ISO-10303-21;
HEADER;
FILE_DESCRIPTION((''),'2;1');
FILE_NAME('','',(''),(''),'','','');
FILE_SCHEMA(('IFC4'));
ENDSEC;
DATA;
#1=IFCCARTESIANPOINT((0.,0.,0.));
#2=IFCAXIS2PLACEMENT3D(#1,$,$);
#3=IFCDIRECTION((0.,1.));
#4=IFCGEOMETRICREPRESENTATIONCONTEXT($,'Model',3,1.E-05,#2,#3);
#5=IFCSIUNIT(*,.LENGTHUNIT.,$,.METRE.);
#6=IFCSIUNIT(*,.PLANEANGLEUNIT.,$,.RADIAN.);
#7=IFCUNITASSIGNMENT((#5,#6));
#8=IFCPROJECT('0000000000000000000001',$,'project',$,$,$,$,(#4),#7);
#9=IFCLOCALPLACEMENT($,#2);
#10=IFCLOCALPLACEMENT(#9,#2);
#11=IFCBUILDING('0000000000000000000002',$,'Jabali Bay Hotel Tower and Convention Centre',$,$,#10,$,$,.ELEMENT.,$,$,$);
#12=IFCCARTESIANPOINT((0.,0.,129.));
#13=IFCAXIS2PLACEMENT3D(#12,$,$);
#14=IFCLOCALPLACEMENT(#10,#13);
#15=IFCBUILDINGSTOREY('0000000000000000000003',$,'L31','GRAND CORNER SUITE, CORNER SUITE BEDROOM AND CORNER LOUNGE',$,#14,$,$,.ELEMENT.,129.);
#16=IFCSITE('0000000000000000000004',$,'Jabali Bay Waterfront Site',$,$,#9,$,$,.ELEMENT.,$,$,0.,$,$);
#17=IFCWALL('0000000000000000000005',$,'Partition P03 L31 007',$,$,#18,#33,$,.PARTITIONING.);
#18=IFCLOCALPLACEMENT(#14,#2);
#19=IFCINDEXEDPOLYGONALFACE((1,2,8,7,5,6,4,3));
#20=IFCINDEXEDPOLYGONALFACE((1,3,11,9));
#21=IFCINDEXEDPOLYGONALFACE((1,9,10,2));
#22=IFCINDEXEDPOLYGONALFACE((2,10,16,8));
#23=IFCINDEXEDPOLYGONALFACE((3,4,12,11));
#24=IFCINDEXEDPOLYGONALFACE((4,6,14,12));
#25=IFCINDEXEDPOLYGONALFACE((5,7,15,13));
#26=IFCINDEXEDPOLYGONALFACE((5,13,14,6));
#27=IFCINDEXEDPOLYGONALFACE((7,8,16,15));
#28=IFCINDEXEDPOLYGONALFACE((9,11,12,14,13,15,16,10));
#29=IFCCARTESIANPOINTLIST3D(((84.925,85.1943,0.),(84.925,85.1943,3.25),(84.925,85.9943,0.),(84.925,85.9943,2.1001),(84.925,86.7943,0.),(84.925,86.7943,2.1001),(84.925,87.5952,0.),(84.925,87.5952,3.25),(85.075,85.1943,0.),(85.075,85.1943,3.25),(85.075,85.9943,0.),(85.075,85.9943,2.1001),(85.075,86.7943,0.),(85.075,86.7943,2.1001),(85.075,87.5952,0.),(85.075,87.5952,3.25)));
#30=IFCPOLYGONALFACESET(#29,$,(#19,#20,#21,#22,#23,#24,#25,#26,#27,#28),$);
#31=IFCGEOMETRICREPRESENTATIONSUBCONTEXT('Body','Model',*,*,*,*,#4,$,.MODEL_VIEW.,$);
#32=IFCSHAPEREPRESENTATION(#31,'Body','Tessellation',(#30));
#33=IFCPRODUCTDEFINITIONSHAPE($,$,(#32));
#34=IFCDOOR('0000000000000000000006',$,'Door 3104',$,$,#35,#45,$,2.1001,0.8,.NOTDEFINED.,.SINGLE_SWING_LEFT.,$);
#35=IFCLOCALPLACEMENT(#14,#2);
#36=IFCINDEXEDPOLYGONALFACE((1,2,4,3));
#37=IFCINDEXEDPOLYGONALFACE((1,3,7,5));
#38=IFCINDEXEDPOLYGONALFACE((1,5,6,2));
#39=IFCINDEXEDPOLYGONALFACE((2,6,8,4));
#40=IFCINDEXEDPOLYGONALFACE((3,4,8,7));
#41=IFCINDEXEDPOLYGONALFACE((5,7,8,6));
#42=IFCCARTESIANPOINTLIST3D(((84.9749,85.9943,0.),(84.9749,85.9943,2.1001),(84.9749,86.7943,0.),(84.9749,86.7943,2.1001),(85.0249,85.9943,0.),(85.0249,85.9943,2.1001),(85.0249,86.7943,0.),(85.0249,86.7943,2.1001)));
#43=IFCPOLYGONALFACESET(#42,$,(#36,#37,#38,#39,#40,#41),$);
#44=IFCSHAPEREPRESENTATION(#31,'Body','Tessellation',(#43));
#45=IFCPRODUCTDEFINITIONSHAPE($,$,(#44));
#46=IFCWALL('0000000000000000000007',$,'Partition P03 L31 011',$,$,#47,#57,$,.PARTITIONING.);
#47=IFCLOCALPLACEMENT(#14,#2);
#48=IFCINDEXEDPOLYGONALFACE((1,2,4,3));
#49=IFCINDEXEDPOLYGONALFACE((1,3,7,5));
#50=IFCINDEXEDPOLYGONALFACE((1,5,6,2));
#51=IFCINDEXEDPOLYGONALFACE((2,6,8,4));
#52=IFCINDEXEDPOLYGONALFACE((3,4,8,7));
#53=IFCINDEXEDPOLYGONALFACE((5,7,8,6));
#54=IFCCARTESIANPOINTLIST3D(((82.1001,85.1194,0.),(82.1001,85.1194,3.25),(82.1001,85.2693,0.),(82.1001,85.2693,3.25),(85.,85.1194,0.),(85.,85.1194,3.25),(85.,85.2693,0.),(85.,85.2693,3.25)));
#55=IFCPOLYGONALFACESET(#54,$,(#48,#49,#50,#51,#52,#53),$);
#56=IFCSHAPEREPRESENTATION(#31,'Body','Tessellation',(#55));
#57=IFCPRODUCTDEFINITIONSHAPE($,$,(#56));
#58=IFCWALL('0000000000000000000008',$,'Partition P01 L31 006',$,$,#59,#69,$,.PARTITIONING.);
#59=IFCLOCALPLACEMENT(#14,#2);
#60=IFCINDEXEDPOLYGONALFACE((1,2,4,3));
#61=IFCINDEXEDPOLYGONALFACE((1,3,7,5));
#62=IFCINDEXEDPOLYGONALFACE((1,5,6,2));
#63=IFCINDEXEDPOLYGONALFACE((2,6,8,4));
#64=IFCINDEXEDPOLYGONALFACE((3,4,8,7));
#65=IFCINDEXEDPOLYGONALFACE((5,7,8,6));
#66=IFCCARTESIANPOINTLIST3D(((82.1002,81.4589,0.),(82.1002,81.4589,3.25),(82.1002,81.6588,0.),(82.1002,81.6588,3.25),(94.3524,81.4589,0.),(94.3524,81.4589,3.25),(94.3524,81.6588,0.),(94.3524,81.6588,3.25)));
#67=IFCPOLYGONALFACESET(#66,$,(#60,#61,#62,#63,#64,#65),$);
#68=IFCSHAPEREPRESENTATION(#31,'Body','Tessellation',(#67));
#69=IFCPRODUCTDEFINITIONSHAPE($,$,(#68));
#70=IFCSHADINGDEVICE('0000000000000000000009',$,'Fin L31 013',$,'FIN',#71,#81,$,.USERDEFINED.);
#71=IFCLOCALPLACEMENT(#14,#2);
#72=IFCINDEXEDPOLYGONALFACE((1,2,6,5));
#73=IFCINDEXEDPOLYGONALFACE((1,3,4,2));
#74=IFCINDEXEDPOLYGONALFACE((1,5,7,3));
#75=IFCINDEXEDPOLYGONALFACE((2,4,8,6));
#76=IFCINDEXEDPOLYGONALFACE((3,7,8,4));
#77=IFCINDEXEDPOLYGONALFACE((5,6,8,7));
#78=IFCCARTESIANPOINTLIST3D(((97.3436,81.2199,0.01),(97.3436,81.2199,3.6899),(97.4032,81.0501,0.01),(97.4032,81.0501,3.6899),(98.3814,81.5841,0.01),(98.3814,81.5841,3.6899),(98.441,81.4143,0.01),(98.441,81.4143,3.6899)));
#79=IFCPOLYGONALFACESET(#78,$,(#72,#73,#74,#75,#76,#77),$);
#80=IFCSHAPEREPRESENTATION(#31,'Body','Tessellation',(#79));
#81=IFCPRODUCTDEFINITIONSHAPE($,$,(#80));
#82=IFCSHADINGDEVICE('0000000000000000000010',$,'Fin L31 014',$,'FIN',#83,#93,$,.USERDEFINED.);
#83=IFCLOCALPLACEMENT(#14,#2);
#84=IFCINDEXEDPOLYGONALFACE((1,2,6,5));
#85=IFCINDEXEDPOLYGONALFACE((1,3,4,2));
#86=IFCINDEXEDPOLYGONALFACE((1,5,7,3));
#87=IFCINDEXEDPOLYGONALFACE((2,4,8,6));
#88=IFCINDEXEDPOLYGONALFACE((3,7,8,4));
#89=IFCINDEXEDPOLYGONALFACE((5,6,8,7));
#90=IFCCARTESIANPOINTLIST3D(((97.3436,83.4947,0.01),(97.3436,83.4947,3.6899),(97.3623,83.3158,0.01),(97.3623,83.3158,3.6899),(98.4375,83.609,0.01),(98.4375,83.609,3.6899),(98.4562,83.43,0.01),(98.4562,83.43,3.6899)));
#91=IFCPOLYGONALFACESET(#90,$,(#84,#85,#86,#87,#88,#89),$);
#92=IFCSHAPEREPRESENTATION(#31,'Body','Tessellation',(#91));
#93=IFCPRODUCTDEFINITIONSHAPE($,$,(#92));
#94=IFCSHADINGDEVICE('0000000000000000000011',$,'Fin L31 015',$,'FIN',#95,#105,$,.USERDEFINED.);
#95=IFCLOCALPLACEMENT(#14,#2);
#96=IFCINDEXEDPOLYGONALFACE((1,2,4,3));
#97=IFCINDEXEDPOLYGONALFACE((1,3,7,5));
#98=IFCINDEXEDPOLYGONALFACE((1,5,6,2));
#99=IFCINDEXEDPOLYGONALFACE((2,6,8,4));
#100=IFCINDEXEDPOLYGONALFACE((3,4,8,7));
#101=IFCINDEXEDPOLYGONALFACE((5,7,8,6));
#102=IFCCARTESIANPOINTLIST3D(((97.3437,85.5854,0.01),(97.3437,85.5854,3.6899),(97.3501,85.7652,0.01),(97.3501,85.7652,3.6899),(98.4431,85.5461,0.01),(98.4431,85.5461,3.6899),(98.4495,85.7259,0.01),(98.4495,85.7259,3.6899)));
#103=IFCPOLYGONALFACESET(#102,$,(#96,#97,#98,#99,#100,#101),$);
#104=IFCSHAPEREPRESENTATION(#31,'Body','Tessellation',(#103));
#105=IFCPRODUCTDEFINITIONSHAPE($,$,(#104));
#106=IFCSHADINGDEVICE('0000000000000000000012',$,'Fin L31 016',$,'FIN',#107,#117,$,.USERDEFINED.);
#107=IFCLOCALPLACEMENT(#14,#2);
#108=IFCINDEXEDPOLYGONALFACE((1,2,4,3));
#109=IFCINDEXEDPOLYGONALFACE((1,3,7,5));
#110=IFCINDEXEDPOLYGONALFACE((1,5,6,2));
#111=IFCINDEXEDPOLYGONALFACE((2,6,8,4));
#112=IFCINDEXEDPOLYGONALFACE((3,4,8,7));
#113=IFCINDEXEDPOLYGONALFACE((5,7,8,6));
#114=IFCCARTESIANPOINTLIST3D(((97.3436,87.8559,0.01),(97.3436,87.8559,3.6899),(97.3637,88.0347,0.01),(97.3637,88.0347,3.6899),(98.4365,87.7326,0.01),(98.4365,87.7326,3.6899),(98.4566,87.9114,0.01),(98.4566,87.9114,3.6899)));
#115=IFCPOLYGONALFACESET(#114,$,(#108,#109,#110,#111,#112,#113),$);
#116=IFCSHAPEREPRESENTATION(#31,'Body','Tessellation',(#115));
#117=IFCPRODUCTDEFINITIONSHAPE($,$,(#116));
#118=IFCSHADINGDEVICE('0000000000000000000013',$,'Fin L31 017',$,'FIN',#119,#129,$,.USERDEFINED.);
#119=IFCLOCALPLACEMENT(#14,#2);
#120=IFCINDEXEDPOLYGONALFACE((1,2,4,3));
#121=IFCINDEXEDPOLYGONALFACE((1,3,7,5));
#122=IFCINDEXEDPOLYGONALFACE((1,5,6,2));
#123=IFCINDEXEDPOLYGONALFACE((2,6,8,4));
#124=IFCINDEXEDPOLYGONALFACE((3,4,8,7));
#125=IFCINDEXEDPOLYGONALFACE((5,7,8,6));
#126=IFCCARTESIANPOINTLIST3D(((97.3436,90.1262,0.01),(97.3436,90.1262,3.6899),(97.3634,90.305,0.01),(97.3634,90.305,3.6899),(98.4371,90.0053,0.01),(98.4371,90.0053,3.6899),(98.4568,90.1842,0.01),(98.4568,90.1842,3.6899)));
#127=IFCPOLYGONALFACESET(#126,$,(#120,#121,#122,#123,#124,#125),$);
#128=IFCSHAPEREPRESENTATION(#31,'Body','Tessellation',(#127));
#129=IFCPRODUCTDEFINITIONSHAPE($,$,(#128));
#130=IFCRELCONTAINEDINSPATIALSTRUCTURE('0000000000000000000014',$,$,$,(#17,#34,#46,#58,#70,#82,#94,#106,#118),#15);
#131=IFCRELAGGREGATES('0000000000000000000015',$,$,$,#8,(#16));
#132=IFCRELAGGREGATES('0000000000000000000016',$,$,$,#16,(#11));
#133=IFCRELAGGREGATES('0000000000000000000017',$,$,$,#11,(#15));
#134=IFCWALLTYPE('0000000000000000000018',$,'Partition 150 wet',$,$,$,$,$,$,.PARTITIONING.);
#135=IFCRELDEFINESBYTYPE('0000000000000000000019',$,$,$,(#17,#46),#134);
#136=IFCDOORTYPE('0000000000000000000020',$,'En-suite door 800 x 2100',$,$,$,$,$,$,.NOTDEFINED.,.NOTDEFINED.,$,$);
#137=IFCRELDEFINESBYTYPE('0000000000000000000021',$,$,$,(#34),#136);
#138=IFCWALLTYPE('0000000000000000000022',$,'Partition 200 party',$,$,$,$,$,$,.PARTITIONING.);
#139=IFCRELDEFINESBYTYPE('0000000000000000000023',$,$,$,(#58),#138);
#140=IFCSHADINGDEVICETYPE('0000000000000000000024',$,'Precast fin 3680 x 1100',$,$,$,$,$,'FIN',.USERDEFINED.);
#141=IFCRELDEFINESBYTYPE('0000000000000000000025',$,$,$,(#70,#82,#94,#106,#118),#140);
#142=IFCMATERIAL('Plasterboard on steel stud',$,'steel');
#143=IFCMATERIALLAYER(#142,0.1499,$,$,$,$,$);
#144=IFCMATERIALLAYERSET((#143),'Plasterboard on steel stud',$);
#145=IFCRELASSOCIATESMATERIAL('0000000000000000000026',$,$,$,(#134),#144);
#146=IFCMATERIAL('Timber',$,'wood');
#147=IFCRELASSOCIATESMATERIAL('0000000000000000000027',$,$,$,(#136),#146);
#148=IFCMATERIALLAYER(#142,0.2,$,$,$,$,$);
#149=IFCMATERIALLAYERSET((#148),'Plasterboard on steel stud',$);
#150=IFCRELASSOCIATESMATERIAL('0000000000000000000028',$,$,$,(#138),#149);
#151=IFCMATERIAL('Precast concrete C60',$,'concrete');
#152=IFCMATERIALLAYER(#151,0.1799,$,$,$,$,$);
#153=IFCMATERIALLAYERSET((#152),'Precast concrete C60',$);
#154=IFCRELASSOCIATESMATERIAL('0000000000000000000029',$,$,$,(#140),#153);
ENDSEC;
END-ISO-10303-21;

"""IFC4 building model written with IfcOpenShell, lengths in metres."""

from ifc_helpers import new_model, si_unit, direction, frame, frame_2d, origin, place, context, subcontext, project, spatial, rectangle, extrude, material, layer, layer_set, type_object, element, fill, save


model = new_model("IFC4")

# Units and contexts
model_context = context("Model", 3, precision=1e-05, world=origin(), true_north=direction((0.0, 1.0)))
body_context = subcontext(model_context, "Body", "Model", "MODEL_VIEW")
ifc_project = project(units=[si_unit("LENGTHUNIT", "METRE"), si_unit("PLANEANGLEUNIT", "RADIAN")], contexts=[model_context])

# Site, building, storey
site_placement = place(None, origin())
site = spatial("IfcSite", under=ifc_project, at=site_placement, Name="Jabali Bay Waterfront Site", CompositionType="ELEMENT", RefElevation=0.0)
building_placement = place(site_placement, origin())
building = spatial("IfcBuilding", under=site, at=building_placement, Name="Jabali Bay Hotel Tower and Convention Centre", CompositionType="ELEMENT")
storey_placement = place(building_placement, frame((0.0, 0.0, 129.0)))
storey = spatial("IfcBuildingStorey", under=building, at=storey_placement, Name="L31", Description="GRAND CORNER SUITE, CORNER SUITE BEDROOM AND CORNER LOUNGE", CompositionType="ELEMENT", Elevation=129.0)

# Shared definitions
ifc_material_1 = material(Name="Plasterboard on steel stud", Category="steel")

# Wall, opening, door
ifc_material_2 = material(Name="Timber", Category="wood")
ifc_layer_1 = layer(ifc_material_1, 0.1499)
ifc_layer_set_1 = layer_set([ifc_layer_1], Name="Plasterboard on steel stud")
wall_type_1 = type_object("IfcWallType", Name="Partition 150 wet", PredefinedType="PARTITIONING", material=ifc_layer_set_1)
wall_1_placement = place(storey_placement, frame((85.0, 87.5952, 0.0), z_axis=(0.0, 0.0, 1.0), x_axis=(0.0, -1.0, 0.0)))
wall_1 = element("IfcWall", 1, at=wall_1_placement, inside=storey, type_object=wall_type_1, Name="Partition P03 L31 007", PredefinedType="PARTITIONING", context=body_context, shape_type="SweptSolid", body=[
    extrude(rectangle(XDim=2.4009, YDim=0.1499, at=frame_2d((1.2004, 0.0))), origin(), (0.0, 0.0, 1.0), 3.25),
])
opening_1_placement = place(wall_1_placement, frame((0.801, 0.0, 0.0)))
opening_1 = element("IfcOpeningElement", 2, at=opening_1_placement, cuts=wall_1, PredefinedType="OPENING", context=body_context, shape_type="SweptSolid", body=[
    extrude(rectangle(XDim=0.8, YDim=2.1001, at=frame_2d((0.3999, 1.05))), frame((0.0, 0.0854, 0.0), z_axis=(0.0, -1.0, 0.0), x_axis=(1.0, 0.0, 0.0)), (0.0, 0.0, 1.0), 0.1709),
])
door_type_1 = type_object("IfcDoorType", Name="En-suite door 800 x 2100", OperationType="NOTDEFINED", PredefinedType="NOTDEFINED", material=ifc_material_2)
door_1_placement = place(opening_1_placement, origin())
door_1 = element("IfcDoor", 3, at=door_1_placement, inside=storey, type_object=door_type_1, Name="Door 3104", OperationType="SINGLE_SWING_LEFT", OverallHeight=2.1001, OverallWidth=0.8, PredefinedType="NOTDEFINED", context=body_context, shape_type="SweptSolid", body=[
    extrude(rectangle(XDim=0.8, YDim=2.1001, at=frame_2d((0.3999, 1.05))), frame((0.0, 0.0249, 0.0), z_axis=(0.0, -1.0, 0.0), x_axis=(1.0, 0.0, 0.0)), (0.0, 0.0, 1.0), 0.05),
])
fill(opening_1, door_1)

# Walls
wall_2_placement = place(storey_placement, frame((82.1001, 85.1943, 0.0), z_axis=(0.0, 0.0, 1.0), x_axis=(1.0, 0.0, 0.0)))
element("IfcWall", 4, at=wall_2_placement, inside=storey, type_object=wall_type_1, Name="Partition P03 L31 011", PredefinedType="PARTITIONING", context=body_context, shape_type="SweptSolid", body=[
    extrude(rectangle(XDim=2.8999, YDim=0.1499, at=frame_2d((1.45, 0.0))), origin(), (0.0, 0.0, 1.0), 3.25),
])
ifc_layer_2 = layer(ifc_material_1, 0.2)
ifc_layer_set_2 = layer_set([ifc_layer_2], Name="Plasterboard on steel stud")
wall_type_2 = type_object("IfcWallType", Name="Partition 200 party", PredefinedType="PARTITIONING", material=ifc_layer_set_2)
wall_3_placement = place(storey_placement, frame((94.3523, 81.5588, 0.0), z_axis=(0.0, 0.0, 1.0), x_axis=(-1.0, 0.0, 0.0)))
element("IfcWall", 5, at=wall_3_placement, inside=storey, type_object=wall_type_2, Name="Partition P01 L31 006", PredefinedType="PARTITIONING", context=body_context, shape_type="SweptSolid", body=[
    extrude(rectangle(XDim=12.2522, YDim=0.2, at=frame_2d((6.126, 0.0))), origin(), (0.0, 0.0, 1.0), 3.25),
])

# Shading devices
ifc_material_3 = material(Name="Precast concrete C60", Category="concrete")
ifc_layer_3 = layer(ifc_material_3, 0.1799)
ifc_layer_set_3 = layer_set([ifc_layer_3], Name="Precast concrete C60")
shading_device_type = type_object("IfcShadingDeviceType", Name="Precast fin 3680 x 1100", ElementType="FIN", PredefinedType="USERDEFINED", material=ifc_layer_set_3)
for number, where, z_axis, x_axis, name in (
    (6, (97.3735, 81.135, 0.01), (0.0, 0.0, 1.0), (0.943571, 0.331171, 0.0), "Fin L31 013"),
    (7, (97.353, 83.4053, 0.01), (0.0, 0.0, 1.0), (0.99459, 0.103876, 0.0), "Fin L31 014"),
):
    element("IfcShadingDevice", number, at=place(storey_placement, frame(where, z_axis=z_axis, x_axis=x_axis)), inside=storey, type_object=shading_device_type, Name=name, ObjectType="FIN", PredefinedType="USERDEFINED", context=body_context, shape_type="SweptSolid", body=[
        extrude(rectangle(XDim=1.0999, YDim=0.1799, at=frame_2d((0.5498, 0.0))), origin(), (0.0, 0.0, 1.0), 3.6799),
    ])
shading_device_1_placement = place(storey_placement, frame((97.3469, 85.6753, 0.01), z_axis=(0.0, 0.0, 1.0), x_axis=(0.999361, -0.035731, 0.0)))
element("IfcShadingDevice", 8, at=shading_device_1_placement, inside=storey, type_object=shading_device_type, Name="Fin L31 015", ObjectType="FIN", PredefinedType="USERDEFINED", context=body_context, shape_type="SweptSolid", body=[
    extrude(rectangle(XDim=1.1001, YDim=0.1799, at=frame_2d((0.55, 0.0))), origin(), (0.0, 0.0, 1.0), 3.6799),
])
shading_device_2_placement = place(storey_placement, frame((97.3538, 87.9453, 0.01), z_axis=(0.0, 0.0, 1.0), x_axis=(0.993698, -0.112088, 0.0)))
element("IfcShadingDevice", 9, at=shading_device_2_placement, inside=storey, type_object=shading_device_type, Name="Fin L31 016", ObjectType="FIN", PredefinedType="USERDEFINED", context=body_context, shape_type="SweptSolid", body=[
    extrude(rectangle(XDim=1.0999, YDim=0.1799, at=frame_2d((0.5498, 0.0))), origin(), (0.0, 0.0, 1.0), 3.6799),
])
shading_device_3_placement = place(storey_placement, frame((97.3535, 90.2156, 0.01), z_axis=(0.0, 0.0, 1.0), x_axis=(0.993949, -0.109847, 0.0)))
element("IfcShadingDevice", 10, at=shading_device_3_placement, inside=storey, type_object=shading_device_type, Name="Fin L31 017", ObjectType="FIN", PredefinedType="USERDEFINED", context=body_context, shape_type="SweptSolid", body=[
    extrude(rectangle(XDim=1.1001, YDim=0.1799, at=frame_2d((0.55, 0.0))), origin(), (0.0, 0.0, 1.0), 3.6799),
])

save(model, "model.ifc")
